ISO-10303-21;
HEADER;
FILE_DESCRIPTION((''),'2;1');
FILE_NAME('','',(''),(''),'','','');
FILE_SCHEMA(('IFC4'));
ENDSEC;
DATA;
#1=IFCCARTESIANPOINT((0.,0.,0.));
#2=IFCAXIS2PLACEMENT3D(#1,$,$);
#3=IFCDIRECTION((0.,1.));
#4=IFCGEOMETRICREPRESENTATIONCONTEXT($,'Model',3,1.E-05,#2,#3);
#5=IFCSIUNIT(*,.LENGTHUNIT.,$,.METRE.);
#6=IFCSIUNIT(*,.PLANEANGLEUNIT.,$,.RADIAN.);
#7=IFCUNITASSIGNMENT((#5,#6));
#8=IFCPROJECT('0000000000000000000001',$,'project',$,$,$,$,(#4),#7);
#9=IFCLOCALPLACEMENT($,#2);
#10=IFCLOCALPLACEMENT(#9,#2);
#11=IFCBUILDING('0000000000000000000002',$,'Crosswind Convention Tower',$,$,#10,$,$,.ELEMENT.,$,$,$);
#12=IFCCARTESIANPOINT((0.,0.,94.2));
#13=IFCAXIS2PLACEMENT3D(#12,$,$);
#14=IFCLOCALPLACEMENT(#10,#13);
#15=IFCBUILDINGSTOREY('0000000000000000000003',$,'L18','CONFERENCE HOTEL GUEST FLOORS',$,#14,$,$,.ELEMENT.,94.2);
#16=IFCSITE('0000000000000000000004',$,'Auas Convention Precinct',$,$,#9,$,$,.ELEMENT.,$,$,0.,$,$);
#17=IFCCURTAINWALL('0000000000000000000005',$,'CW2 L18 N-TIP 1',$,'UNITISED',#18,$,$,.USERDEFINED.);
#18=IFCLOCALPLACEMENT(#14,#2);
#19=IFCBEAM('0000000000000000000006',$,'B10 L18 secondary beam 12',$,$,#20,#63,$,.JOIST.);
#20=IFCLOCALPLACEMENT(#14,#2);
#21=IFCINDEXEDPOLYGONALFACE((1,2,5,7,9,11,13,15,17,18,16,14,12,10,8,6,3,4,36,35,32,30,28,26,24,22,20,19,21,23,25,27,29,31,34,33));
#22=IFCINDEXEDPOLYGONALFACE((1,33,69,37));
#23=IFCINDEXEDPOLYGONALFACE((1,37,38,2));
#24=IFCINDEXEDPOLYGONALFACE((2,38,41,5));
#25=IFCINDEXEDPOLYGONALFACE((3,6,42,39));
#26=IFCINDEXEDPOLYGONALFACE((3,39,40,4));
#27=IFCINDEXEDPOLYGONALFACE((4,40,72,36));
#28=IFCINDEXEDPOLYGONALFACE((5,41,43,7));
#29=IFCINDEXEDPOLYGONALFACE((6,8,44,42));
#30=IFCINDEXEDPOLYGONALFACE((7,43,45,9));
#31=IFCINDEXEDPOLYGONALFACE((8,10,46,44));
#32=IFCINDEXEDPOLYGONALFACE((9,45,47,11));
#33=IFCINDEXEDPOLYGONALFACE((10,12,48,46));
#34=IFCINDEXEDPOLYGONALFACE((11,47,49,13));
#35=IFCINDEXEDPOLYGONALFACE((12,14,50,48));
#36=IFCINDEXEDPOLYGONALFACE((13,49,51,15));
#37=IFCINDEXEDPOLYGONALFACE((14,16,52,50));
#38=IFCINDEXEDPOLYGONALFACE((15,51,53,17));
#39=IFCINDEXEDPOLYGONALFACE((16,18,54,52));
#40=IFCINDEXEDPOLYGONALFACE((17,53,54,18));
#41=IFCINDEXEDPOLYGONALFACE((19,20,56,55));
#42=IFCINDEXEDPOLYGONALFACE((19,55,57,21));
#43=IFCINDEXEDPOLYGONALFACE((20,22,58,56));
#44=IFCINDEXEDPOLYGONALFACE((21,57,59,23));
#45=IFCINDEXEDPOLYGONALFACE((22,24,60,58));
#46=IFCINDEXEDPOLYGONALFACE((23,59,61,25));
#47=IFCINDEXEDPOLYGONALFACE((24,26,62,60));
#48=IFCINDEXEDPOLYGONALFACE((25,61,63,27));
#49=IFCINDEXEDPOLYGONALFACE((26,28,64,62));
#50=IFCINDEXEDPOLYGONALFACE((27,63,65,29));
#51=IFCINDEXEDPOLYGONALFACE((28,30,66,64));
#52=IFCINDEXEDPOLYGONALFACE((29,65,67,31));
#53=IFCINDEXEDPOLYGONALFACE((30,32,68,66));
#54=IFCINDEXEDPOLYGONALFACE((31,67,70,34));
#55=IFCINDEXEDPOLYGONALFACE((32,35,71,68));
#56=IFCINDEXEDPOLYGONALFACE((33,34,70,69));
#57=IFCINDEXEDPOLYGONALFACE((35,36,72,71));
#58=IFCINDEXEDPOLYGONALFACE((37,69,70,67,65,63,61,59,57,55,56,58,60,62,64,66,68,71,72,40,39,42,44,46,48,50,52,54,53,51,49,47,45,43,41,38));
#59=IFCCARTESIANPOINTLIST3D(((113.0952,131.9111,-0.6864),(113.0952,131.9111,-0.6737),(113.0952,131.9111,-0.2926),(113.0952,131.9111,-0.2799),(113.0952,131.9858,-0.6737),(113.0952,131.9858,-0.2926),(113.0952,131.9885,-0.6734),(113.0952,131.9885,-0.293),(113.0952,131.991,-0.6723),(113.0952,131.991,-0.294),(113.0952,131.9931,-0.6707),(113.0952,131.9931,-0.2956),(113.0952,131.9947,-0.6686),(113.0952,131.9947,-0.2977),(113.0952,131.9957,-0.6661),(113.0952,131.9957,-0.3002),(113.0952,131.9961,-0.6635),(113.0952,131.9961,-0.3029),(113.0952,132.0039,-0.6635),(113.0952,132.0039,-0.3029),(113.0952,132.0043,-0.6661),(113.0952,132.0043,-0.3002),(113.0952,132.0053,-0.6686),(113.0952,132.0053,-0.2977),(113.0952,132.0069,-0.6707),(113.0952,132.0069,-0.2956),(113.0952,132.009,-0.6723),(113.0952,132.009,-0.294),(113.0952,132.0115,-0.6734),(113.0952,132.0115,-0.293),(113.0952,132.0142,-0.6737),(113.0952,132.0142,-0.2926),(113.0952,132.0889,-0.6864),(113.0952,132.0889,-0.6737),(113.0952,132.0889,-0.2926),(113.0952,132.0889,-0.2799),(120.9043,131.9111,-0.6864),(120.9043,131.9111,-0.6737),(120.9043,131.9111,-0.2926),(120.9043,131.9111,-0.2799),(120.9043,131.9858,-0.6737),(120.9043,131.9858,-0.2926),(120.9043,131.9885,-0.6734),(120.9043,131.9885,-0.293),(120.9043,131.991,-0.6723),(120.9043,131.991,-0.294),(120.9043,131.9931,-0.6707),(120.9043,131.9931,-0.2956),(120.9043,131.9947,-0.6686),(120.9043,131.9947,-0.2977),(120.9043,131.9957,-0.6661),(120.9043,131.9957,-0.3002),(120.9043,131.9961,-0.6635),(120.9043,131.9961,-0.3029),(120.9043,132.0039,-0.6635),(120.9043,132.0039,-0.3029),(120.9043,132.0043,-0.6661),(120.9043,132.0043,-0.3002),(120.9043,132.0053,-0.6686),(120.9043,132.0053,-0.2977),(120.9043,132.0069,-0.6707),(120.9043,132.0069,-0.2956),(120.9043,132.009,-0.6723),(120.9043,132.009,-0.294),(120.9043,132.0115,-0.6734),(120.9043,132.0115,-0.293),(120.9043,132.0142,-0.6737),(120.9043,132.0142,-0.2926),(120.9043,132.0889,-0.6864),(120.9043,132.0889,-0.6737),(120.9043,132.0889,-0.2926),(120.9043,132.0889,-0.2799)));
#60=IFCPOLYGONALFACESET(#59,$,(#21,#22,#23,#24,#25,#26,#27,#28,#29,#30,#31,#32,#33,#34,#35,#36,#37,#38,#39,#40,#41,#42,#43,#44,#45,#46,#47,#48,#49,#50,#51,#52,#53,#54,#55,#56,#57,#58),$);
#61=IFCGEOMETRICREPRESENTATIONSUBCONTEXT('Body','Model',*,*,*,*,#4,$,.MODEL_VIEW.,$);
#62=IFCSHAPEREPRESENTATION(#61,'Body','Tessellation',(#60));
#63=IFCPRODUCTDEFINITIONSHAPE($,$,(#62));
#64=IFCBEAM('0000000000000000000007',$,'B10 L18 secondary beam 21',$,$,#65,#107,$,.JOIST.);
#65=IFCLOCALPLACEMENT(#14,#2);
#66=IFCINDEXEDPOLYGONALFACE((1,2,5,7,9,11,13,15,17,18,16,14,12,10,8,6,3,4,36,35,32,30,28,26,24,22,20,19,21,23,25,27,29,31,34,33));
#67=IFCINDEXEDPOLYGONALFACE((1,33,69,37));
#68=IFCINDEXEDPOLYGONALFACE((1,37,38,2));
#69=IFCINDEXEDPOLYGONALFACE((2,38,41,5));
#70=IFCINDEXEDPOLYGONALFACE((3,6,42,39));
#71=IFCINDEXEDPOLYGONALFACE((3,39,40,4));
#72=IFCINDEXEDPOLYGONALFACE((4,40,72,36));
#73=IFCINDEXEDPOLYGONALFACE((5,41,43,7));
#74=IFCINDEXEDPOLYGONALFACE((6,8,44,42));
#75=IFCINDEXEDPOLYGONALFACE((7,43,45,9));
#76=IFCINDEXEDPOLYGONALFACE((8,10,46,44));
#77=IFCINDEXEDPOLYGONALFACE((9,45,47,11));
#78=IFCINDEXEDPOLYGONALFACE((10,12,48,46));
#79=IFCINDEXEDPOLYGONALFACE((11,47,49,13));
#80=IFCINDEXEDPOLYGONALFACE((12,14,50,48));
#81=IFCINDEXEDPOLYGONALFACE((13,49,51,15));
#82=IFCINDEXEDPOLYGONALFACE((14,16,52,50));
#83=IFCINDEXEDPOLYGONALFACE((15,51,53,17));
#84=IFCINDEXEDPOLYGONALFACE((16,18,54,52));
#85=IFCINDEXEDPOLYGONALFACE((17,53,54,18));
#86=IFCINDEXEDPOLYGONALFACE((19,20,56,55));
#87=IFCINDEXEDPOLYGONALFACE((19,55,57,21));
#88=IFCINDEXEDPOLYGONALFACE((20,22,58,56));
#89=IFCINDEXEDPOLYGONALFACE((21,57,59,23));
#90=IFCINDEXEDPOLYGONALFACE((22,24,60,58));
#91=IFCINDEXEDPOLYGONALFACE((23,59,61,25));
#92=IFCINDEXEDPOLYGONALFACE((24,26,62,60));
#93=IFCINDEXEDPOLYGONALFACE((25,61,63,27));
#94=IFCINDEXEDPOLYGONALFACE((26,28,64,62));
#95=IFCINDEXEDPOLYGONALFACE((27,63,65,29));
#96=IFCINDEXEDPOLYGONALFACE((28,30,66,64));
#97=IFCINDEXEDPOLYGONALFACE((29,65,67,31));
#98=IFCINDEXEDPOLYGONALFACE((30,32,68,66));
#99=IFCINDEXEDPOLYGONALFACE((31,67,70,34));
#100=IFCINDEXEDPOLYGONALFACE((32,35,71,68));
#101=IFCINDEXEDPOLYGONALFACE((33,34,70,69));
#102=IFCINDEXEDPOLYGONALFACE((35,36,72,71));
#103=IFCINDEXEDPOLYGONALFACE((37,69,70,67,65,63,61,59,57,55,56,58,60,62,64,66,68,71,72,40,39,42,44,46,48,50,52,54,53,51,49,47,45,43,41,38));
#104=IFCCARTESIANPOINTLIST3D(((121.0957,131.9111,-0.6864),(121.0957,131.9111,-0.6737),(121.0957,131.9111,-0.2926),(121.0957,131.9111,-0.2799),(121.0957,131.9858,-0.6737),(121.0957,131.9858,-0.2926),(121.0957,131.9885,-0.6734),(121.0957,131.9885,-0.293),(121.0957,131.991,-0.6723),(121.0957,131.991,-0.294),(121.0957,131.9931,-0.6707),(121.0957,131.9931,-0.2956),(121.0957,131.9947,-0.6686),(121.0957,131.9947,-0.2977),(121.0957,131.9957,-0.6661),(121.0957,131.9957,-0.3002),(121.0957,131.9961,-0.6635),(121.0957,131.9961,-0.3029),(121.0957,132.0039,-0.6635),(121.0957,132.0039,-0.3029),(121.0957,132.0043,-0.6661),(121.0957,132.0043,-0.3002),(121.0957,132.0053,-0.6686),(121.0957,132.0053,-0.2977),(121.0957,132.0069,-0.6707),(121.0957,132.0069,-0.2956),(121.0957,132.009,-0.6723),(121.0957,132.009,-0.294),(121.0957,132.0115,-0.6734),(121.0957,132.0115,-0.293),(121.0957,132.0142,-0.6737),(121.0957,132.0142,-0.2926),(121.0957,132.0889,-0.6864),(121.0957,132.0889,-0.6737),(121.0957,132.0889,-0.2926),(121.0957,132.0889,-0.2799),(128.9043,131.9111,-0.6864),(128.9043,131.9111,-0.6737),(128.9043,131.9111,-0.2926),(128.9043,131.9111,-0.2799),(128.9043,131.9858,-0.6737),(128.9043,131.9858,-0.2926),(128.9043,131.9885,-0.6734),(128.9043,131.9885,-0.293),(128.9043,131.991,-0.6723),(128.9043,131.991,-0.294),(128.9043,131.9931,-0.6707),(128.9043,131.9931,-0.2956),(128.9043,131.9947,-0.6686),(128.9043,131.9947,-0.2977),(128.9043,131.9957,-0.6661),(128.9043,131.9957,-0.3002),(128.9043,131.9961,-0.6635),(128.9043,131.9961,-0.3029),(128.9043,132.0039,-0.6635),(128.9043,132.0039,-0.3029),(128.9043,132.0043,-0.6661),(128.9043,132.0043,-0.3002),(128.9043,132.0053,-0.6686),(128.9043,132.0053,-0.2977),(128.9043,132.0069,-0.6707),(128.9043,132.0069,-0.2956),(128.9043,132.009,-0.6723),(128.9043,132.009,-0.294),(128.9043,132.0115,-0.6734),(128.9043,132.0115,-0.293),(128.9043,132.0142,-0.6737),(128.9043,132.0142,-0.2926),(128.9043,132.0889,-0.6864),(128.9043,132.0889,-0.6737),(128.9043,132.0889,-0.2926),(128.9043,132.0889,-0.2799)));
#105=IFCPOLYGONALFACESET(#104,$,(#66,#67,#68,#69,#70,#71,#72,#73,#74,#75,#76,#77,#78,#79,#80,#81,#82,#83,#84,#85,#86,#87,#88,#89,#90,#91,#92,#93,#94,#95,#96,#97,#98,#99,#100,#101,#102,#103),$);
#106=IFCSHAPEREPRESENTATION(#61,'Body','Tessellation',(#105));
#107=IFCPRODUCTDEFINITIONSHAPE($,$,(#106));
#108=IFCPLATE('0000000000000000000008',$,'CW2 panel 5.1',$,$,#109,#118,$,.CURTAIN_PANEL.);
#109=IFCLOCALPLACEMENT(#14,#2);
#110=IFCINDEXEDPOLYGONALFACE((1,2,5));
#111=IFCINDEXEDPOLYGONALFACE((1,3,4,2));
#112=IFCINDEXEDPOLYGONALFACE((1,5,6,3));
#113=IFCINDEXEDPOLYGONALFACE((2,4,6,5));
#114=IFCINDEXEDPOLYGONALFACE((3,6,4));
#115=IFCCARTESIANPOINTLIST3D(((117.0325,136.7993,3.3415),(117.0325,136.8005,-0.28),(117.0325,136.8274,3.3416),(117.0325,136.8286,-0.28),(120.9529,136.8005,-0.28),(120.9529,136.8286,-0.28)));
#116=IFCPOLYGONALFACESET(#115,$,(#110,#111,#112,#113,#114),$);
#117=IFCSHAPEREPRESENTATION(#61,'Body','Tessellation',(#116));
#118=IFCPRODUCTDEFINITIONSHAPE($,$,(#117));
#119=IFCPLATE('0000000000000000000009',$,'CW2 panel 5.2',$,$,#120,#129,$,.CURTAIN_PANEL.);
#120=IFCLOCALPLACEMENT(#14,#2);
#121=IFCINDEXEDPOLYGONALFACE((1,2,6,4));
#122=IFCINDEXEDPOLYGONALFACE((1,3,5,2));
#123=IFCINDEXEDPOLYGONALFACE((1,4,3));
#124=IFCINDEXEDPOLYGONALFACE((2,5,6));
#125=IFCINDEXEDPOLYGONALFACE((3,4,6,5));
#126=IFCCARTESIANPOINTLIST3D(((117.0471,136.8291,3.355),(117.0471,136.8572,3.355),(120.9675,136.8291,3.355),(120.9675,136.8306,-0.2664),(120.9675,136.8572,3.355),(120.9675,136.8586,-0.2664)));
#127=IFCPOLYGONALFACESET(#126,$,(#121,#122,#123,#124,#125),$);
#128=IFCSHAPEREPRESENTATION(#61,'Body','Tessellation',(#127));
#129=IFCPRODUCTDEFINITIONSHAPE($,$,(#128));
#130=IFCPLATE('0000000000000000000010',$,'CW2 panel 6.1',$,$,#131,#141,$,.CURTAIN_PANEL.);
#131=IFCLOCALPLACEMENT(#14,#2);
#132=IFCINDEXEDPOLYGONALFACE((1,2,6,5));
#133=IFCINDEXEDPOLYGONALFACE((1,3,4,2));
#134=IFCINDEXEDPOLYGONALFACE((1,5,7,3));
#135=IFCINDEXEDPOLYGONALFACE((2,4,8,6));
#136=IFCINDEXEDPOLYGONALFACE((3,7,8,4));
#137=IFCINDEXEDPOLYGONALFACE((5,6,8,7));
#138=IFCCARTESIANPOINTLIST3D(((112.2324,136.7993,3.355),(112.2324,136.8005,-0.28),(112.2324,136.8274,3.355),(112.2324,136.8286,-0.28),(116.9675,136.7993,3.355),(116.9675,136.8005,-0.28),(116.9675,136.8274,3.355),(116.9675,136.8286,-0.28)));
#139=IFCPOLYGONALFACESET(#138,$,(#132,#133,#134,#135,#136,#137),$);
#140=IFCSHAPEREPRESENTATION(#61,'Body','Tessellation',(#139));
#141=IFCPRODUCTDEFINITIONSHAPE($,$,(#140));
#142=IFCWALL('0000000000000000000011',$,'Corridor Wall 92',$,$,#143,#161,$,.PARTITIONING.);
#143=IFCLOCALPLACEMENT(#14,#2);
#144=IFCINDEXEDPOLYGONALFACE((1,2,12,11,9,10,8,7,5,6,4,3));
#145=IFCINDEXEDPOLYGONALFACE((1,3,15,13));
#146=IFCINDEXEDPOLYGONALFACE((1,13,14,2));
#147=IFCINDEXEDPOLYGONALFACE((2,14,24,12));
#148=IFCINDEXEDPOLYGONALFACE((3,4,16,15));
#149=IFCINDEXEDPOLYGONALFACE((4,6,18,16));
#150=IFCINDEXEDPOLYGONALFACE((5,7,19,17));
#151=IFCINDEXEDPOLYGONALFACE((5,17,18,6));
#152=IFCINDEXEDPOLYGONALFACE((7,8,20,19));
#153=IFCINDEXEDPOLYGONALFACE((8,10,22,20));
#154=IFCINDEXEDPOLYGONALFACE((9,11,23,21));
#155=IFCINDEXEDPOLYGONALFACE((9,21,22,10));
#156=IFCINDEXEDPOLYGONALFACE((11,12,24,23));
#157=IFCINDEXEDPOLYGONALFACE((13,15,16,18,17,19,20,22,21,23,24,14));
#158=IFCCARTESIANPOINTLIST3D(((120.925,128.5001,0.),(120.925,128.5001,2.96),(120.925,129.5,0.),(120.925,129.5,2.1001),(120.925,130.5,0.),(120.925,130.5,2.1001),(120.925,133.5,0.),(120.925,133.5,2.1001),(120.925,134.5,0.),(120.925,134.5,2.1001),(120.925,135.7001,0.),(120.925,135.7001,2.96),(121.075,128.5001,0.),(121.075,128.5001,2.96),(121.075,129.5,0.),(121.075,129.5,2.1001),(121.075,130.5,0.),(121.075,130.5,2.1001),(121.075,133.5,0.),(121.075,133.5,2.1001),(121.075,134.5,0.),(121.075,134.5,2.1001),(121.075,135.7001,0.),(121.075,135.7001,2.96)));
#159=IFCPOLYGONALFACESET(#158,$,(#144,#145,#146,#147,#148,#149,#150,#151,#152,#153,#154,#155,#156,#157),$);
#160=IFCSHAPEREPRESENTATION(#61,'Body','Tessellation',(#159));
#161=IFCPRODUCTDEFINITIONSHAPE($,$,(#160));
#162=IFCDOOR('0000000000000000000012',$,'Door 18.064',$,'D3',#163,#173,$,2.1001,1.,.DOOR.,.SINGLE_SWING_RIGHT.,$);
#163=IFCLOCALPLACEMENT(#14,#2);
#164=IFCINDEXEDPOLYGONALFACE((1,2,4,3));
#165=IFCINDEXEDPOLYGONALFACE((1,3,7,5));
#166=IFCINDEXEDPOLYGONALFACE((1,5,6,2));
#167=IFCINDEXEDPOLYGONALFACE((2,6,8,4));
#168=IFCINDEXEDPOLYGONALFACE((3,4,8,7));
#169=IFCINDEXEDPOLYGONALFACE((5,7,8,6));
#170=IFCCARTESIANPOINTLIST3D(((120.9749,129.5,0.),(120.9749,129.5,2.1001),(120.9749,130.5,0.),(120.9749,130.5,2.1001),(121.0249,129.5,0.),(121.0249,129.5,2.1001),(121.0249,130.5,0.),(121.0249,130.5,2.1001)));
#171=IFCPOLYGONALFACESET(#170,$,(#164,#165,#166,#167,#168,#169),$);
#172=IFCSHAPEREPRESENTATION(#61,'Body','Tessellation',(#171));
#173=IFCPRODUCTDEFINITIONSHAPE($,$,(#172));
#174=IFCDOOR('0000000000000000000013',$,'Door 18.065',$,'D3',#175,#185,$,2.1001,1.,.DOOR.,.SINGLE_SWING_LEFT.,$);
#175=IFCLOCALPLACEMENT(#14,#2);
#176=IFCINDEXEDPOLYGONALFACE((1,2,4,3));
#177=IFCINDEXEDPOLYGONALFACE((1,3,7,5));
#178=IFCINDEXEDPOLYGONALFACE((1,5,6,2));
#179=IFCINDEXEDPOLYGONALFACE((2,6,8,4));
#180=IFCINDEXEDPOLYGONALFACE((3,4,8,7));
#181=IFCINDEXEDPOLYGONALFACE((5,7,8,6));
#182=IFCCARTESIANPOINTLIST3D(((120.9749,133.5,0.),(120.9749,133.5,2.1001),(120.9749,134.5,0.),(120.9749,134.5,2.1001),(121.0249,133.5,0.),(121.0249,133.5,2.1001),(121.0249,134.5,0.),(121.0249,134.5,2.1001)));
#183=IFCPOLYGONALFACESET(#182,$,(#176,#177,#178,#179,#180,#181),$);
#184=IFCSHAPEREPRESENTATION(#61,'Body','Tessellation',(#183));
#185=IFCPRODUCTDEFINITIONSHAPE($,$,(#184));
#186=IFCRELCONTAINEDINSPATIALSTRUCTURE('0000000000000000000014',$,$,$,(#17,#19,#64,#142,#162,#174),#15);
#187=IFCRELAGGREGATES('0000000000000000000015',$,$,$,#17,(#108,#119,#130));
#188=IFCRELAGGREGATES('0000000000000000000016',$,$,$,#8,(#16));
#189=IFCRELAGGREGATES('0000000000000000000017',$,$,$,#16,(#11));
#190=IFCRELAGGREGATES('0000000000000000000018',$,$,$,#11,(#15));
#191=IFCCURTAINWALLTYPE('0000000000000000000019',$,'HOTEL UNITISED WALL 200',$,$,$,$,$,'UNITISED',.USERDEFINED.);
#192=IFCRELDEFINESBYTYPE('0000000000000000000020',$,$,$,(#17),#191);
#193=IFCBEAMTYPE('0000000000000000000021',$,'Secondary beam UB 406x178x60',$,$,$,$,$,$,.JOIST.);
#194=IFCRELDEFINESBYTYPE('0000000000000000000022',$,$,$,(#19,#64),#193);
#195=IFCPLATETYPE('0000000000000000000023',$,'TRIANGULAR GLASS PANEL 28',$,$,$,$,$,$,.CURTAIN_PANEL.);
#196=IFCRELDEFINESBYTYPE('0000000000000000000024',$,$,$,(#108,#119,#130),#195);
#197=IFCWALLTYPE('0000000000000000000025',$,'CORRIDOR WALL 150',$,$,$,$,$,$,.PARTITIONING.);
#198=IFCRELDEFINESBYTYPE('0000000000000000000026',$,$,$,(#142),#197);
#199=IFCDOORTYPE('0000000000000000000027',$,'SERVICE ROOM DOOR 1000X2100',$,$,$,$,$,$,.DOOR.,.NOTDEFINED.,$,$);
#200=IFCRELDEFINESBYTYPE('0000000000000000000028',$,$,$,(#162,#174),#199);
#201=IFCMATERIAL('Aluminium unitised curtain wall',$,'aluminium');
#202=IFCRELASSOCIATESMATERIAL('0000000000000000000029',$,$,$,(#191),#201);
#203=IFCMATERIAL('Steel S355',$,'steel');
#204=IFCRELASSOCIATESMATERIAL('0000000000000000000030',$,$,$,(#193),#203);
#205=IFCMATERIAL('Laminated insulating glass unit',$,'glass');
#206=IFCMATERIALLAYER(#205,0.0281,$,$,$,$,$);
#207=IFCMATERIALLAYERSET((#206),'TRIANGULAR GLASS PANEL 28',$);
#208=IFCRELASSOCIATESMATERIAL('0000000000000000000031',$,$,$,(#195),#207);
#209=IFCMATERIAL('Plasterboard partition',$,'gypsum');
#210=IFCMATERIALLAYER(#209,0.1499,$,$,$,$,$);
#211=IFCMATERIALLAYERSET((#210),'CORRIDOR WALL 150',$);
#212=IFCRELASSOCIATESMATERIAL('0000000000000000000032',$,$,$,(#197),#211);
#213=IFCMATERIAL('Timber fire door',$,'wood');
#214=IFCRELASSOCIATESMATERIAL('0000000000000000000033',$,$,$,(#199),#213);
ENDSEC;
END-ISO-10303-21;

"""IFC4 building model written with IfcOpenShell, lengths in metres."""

from ifc_helpers import new_model, si_unit, direction, frame, frame_2d, origin, origin_2d, place, context, subcontext, project, spatial, polyline, rectangle, i_section, outline, extrude, material, layer, layer_set, material_profile, profile_set, type_object, element, fill, aggregate, save


model = new_model("IFC4")

# Units and contexts
model_context = context("Model", 3, precision=1e-05, world=origin(), true_north=direction((0.0, 1.0)))
body_context = subcontext(model_context, "Body", "Model", "MODEL_VIEW")
ifc_project = project(units=[si_unit("LENGTHUNIT", "METRE"), si_unit("PLANEANGLEUNIT", "RADIAN")], contexts=[model_context])

# Site, building, storey
site_placement = place(None, origin())
site = spatial("IfcSite", under=ifc_project, at=site_placement, Name="Auas Convention Precinct", CompositionType="ELEMENT", RefElevation=0.0)
building_placement = place(site_placement, origin())
building = spatial("IfcBuilding", under=site, at=building_placement, Name="Crosswind Convention Tower", CompositionType="ELEMENT")
storey_placement = place(building_placement, frame((0.0, 0.0, 94.2)))
storey = spatial("IfcBuildingStorey", under=building, at=storey_placement, Name="L18", Description="CONFERENCE HOTEL GUEST FLOORS", CompositionType="ELEMENT", Elevation=94.2)

# Shared definitions
ifc_material_1 = material(Name="Steel S355", Category="steel")

# Curtain wall
ifc_material_2 = material(Name="Aluminium unitised curtain wall", Category="aluminium")
curtain_wall_type = type_object("IfcCurtainWallType", Name="HOTEL UNITISED WALL 200", ElementType="UNITISED", PredefinedType="USERDEFINED", material=ifc_material_2)
curtain_wall_placement = place(storey_placement, origin())
curtain_wall = element("IfcCurtainWall", 1, at=curtain_wall_placement, inside=storey, type_object=curtain_wall_type, Name="CW2 L18 N-TIP 1", ObjectType="UNITISED", PredefinedType="USERDEFINED")

# Beams
ifc_material_profile_1 = material_profile(ifc_material_1, i_section(OverallWidth=0.1777, OverallDepth=0.4065, WebThickness=0.0078, FlangeThickness=0.0127, FilletRadius=0.0103, at=origin_2d()), Name="UB 406x178x60")
ifc_profile_set_1 = profile_set([ifc_material_profile_1], Name="Steel S355")
beam_type_1 = type_object("IfcBeamType", Name="Secondary beam UB 406x178x60", PredefinedType="JOIST", material=ifc_profile_set_1)
beam_1_placement = place(storey_placement, frame((113.0952, 132.0, -0.4832), z_axis=(1.0, 0.0, 0.0), x_axis=(0.0, 1.0, 0.0)))
element("IfcBeam", 2, at=beam_1_placement, inside=storey, type_object=beam_type_1, Name="B10 L18 secondary beam 12", PredefinedType="JOIST", context=body_context, shape_type="SweptSolid", body=[
    extrude(i_section(OverallWidth=0.1777, OverallDepth=0.4065, WebThickness=0.0078, FlangeThickness=0.0127, FilletRadius=0.0103, at=origin_2d()), origin(), (0.0, 0.0, 1.0), 7.8091),
])
beam_2_placement = place(storey_placement, frame((121.0957, 132.0, -0.4832), z_axis=(1.0, 0.0, 0.0), x_axis=(0.0, 1.0, 0.0)))
element("IfcBeam", 3, at=beam_2_placement, inside=storey, type_object=beam_type_1, Name="B10 L18 secondary beam 21", PredefinedType="JOIST", context=body_context, shape_type="SweptSolid", body=[
    extrude(i_section(OverallWidth=0.1777, OverallDepth=0.4065, WebThickness=0.0078, FlangeThickness=0.0127, FilletRadius=0.0103, at=origin_2d()), origin(), (0.0, 0.0, 1.0), 7.8086),
])

# Plates
ifc_material_3 = material(Name="Laminated insulating glass unit", Category="glass")
ifc_layer_1 = layer(ifc_material_3, 0.0281)
ifc_layer_set_1 = layer_set([ifc_layer_1], Name="TRIANGULAR GLASS PANEL 28")
plate_type = type_object("IfcPlateType", Name="TRIANGULAR GLASS PANEL 28", PredefinedType="CURTAIN_PANEL", material=ifc_layer_set_1)
plate_1_placement = place(storey_placement, frame((117.0325, 136.8286, -0.28), z_axis=(0.0, 1.0, 0.000337), x_axis=(0.0, -0.000337, 1.0)))
plate_1 = element("IfcPlate", 4, at=plate_1_placement, type_object=plate_type, Name="CW2 panel 5.1", PredefinedType="CURTAIN_PANEL", context=body_context, shape_type="SweptSolid", body=[
    extrude(outline(polyline([(0.0, 0.0), (3.6216, 0.0), (0.0, 3.9204), (0.0, 0.0)])), origin(), (0.0, 0.0, -1.0), 0.0281),
])
plate_2_placement = place(storey_placement, frame((120.9675, 136.8572, 3.355), z_axis=(0.0, 1.0, 0.000405), x_axis=(0.0, 0.000405, -1.0)))
plate_2 = element("IfcPlate", 5, at=plate_2_placement, type_object=plate_type, Name="CW2 panel 5.2", PredefinedType="CURTAIN_PANEL", context=body_context, shape_type="SweptSolid", body=[
    extrude(outline(polyline([(0.0, 0.0), (3.6213, 0.0), (0.0, 3.9204), (0.0, 0.0)])), origin(), (0.0, 0.0, -1.0), 0.0281),
])
plate_3_placement = place(storey_placement, frame((116.9675, 136.8286, -0.28), z_axis=(0.0, 1.0, 0.000336), x_axis=(-1.0, 0.0, 0.0)))
plate_3 = element("IfcPlate", 6, at=plate_3_placement, type_object=plate_type, Name="CW2 panel 6.1", PredefinedType="CURTAIN_PANEL", context=body_context, shape_type="SweptSolid", body=[
    extrude(outline(polyline([(0.0, 0.0), (4.7351, 0.0), (4.7351, 3.635), (0.0, 3.635), (0.0, 0.0)])), origin(), (0.0, 0.0, -1.0), 0.0281),
])
aggregate(curtain_wall, [plate_1, plate_2, plate_3])

# Wall, openings, doors
ifc_material_4 = material(Name="Plasterboard partition", Category="gypsum")
ifc_layer_2 = layer(ifc_material_4, 0.1499)
ifc_layer_set_2 = layer_set([ifc_layer_2], Name="CORRIDOR WALL 150")
wall_type_1 = type_object("IfcWallType", Name="CORRIDOR WALL 150", PredefinedType="PARTITIONING", material=ifc_layer_set_2)
wall_1_placement = place(storey_placement, frame((121.0, 128.5, 0.0), z_axis=(0.0, 0.0, 1.0), x_axis=(0.0, 1.0, 0.0)))
wall_1 = element("IfcWall", 7, at=wall_1_placement, inside=storey, type_object=wall_type_1, Name="Corridor Wall 92", PredefinedType="PARTITIONING", context=body_context, shape_type="SweptSolid", body=[
    extrude(rectangle(XDim=7.2, YDim=0.1499, at=frame_2d((3.6001, 0.0))), origin(), (0.0, 0.0, 1.0), 2.96),
])
opening_1_placement = place(wall_1_placement, frame((1.0, 0.0, 0.0)))
opening_1 = element("IfcOpeningElement", 8, at=opening_1_placement, cuts=wall_1, PredefinedType="OPENING", context=body_context, shape_type="SweptSolid", body=[
    extrude(rectangle(XDim=1.0, YDim=2.1001, at=frame_2d((0.5, 1.05))), frame((0.0, 0.085, 0.0), z_axis=(0.0, -1.0, 0.0), x_axis=(1.0, 0.0, 0.0)), (0.0, 0.0, 1.0), 0.1699),
])
opening_2_placement = place(wall_1_placement, frame((5.0, 0.0, 0.0)))
opening_2 = element("IfcOpeningElement", 9, at=opening_2_placement, cuts=wall_1, PredefinedType="OPENING", context=body_context, shape_type="SweptSolid", body=[
    extrude(rectangle(XDim=1.0, YDim=2.1001, at=frame_2d((0.5, 1.05))), frame((0.0, 0.085, 0.0), z_axis=(0.0, -1.0, 0.0), x_axis=(1.0, 0.0, 0.0)), (0.0, 0.0, 1.0), 0.1699),
])
ifc_material_5 = material(Name="Timber fire door", Category="wood")
door_type_1 = type_object("IfcDoorType", Name="SERVICE ROOM DOOR 1000X2100", OperationType="NOTDEFINED", PredefinedType="DOOR", material=ifc_material_5)
door_1_placement = place(opening_1_placement, frame((1.0, 0.0, 0.0), z_axis=(0.0, 0.0, 1.0), x_axis=(-1.0, 0.0, 0.0)))
door_1 = element("IfcDoor", 10, at=door_1_placement, inside=storey, type_object=door_type_1, Name="Door 18.064", ObjectType="D3", OperationType="SINGLE_SWING_RIGHT", OverallHeight=2.1001, OverallWidth=1.0, PredefinedType="DOOR", context=body_context, shape_type="SweptSolid", body=[
    extrude(rectangle(XDim=1.0, YDim=2.1001, at=frame_2d((0.5, 1.05))), frame((0.0, 0.0249, 0.0), z_axis=(0.0, -1.0, 0.0), x_axis=(1.0, 0.0, 0.0)), (0.0, 0.0, 1.0), 0.05),
])
fill(opening_1, door_1)
door_2_placement = place(opening_2_placement, frame((1.0, 0.0, 0.0), z_axis=(0.0, 0.0, 1.0), x_axis=(-1.0, 0.0, 0.0)))
door_2 = element("IfcDoor", 11, at=door_2_placement, inside=storey, type_object=door_type_1, Name="Door 18.065", ObjectType="D3", OperationType="SINGLE_SWING_LEFT", OverallHeight=2.1001, OverallWidth=1.0, PredefinedType="DOOR", context=body_context, shape_type="SweptSolid", body=[
    extrude(rectangle(XDim=1.0, YDim=2.1001, at=frame_2d((0.5, 1.05))), frame((0.0, 0.0249, 0.0), z_axis=(0.0, -1.0, 0.0), x_axis=(1.0, 0.0, 0.0)), (0.0, 0.0, 1.0), 0.05),
])
fill(opening_2, door_2)

save(model, "model.ifc")
